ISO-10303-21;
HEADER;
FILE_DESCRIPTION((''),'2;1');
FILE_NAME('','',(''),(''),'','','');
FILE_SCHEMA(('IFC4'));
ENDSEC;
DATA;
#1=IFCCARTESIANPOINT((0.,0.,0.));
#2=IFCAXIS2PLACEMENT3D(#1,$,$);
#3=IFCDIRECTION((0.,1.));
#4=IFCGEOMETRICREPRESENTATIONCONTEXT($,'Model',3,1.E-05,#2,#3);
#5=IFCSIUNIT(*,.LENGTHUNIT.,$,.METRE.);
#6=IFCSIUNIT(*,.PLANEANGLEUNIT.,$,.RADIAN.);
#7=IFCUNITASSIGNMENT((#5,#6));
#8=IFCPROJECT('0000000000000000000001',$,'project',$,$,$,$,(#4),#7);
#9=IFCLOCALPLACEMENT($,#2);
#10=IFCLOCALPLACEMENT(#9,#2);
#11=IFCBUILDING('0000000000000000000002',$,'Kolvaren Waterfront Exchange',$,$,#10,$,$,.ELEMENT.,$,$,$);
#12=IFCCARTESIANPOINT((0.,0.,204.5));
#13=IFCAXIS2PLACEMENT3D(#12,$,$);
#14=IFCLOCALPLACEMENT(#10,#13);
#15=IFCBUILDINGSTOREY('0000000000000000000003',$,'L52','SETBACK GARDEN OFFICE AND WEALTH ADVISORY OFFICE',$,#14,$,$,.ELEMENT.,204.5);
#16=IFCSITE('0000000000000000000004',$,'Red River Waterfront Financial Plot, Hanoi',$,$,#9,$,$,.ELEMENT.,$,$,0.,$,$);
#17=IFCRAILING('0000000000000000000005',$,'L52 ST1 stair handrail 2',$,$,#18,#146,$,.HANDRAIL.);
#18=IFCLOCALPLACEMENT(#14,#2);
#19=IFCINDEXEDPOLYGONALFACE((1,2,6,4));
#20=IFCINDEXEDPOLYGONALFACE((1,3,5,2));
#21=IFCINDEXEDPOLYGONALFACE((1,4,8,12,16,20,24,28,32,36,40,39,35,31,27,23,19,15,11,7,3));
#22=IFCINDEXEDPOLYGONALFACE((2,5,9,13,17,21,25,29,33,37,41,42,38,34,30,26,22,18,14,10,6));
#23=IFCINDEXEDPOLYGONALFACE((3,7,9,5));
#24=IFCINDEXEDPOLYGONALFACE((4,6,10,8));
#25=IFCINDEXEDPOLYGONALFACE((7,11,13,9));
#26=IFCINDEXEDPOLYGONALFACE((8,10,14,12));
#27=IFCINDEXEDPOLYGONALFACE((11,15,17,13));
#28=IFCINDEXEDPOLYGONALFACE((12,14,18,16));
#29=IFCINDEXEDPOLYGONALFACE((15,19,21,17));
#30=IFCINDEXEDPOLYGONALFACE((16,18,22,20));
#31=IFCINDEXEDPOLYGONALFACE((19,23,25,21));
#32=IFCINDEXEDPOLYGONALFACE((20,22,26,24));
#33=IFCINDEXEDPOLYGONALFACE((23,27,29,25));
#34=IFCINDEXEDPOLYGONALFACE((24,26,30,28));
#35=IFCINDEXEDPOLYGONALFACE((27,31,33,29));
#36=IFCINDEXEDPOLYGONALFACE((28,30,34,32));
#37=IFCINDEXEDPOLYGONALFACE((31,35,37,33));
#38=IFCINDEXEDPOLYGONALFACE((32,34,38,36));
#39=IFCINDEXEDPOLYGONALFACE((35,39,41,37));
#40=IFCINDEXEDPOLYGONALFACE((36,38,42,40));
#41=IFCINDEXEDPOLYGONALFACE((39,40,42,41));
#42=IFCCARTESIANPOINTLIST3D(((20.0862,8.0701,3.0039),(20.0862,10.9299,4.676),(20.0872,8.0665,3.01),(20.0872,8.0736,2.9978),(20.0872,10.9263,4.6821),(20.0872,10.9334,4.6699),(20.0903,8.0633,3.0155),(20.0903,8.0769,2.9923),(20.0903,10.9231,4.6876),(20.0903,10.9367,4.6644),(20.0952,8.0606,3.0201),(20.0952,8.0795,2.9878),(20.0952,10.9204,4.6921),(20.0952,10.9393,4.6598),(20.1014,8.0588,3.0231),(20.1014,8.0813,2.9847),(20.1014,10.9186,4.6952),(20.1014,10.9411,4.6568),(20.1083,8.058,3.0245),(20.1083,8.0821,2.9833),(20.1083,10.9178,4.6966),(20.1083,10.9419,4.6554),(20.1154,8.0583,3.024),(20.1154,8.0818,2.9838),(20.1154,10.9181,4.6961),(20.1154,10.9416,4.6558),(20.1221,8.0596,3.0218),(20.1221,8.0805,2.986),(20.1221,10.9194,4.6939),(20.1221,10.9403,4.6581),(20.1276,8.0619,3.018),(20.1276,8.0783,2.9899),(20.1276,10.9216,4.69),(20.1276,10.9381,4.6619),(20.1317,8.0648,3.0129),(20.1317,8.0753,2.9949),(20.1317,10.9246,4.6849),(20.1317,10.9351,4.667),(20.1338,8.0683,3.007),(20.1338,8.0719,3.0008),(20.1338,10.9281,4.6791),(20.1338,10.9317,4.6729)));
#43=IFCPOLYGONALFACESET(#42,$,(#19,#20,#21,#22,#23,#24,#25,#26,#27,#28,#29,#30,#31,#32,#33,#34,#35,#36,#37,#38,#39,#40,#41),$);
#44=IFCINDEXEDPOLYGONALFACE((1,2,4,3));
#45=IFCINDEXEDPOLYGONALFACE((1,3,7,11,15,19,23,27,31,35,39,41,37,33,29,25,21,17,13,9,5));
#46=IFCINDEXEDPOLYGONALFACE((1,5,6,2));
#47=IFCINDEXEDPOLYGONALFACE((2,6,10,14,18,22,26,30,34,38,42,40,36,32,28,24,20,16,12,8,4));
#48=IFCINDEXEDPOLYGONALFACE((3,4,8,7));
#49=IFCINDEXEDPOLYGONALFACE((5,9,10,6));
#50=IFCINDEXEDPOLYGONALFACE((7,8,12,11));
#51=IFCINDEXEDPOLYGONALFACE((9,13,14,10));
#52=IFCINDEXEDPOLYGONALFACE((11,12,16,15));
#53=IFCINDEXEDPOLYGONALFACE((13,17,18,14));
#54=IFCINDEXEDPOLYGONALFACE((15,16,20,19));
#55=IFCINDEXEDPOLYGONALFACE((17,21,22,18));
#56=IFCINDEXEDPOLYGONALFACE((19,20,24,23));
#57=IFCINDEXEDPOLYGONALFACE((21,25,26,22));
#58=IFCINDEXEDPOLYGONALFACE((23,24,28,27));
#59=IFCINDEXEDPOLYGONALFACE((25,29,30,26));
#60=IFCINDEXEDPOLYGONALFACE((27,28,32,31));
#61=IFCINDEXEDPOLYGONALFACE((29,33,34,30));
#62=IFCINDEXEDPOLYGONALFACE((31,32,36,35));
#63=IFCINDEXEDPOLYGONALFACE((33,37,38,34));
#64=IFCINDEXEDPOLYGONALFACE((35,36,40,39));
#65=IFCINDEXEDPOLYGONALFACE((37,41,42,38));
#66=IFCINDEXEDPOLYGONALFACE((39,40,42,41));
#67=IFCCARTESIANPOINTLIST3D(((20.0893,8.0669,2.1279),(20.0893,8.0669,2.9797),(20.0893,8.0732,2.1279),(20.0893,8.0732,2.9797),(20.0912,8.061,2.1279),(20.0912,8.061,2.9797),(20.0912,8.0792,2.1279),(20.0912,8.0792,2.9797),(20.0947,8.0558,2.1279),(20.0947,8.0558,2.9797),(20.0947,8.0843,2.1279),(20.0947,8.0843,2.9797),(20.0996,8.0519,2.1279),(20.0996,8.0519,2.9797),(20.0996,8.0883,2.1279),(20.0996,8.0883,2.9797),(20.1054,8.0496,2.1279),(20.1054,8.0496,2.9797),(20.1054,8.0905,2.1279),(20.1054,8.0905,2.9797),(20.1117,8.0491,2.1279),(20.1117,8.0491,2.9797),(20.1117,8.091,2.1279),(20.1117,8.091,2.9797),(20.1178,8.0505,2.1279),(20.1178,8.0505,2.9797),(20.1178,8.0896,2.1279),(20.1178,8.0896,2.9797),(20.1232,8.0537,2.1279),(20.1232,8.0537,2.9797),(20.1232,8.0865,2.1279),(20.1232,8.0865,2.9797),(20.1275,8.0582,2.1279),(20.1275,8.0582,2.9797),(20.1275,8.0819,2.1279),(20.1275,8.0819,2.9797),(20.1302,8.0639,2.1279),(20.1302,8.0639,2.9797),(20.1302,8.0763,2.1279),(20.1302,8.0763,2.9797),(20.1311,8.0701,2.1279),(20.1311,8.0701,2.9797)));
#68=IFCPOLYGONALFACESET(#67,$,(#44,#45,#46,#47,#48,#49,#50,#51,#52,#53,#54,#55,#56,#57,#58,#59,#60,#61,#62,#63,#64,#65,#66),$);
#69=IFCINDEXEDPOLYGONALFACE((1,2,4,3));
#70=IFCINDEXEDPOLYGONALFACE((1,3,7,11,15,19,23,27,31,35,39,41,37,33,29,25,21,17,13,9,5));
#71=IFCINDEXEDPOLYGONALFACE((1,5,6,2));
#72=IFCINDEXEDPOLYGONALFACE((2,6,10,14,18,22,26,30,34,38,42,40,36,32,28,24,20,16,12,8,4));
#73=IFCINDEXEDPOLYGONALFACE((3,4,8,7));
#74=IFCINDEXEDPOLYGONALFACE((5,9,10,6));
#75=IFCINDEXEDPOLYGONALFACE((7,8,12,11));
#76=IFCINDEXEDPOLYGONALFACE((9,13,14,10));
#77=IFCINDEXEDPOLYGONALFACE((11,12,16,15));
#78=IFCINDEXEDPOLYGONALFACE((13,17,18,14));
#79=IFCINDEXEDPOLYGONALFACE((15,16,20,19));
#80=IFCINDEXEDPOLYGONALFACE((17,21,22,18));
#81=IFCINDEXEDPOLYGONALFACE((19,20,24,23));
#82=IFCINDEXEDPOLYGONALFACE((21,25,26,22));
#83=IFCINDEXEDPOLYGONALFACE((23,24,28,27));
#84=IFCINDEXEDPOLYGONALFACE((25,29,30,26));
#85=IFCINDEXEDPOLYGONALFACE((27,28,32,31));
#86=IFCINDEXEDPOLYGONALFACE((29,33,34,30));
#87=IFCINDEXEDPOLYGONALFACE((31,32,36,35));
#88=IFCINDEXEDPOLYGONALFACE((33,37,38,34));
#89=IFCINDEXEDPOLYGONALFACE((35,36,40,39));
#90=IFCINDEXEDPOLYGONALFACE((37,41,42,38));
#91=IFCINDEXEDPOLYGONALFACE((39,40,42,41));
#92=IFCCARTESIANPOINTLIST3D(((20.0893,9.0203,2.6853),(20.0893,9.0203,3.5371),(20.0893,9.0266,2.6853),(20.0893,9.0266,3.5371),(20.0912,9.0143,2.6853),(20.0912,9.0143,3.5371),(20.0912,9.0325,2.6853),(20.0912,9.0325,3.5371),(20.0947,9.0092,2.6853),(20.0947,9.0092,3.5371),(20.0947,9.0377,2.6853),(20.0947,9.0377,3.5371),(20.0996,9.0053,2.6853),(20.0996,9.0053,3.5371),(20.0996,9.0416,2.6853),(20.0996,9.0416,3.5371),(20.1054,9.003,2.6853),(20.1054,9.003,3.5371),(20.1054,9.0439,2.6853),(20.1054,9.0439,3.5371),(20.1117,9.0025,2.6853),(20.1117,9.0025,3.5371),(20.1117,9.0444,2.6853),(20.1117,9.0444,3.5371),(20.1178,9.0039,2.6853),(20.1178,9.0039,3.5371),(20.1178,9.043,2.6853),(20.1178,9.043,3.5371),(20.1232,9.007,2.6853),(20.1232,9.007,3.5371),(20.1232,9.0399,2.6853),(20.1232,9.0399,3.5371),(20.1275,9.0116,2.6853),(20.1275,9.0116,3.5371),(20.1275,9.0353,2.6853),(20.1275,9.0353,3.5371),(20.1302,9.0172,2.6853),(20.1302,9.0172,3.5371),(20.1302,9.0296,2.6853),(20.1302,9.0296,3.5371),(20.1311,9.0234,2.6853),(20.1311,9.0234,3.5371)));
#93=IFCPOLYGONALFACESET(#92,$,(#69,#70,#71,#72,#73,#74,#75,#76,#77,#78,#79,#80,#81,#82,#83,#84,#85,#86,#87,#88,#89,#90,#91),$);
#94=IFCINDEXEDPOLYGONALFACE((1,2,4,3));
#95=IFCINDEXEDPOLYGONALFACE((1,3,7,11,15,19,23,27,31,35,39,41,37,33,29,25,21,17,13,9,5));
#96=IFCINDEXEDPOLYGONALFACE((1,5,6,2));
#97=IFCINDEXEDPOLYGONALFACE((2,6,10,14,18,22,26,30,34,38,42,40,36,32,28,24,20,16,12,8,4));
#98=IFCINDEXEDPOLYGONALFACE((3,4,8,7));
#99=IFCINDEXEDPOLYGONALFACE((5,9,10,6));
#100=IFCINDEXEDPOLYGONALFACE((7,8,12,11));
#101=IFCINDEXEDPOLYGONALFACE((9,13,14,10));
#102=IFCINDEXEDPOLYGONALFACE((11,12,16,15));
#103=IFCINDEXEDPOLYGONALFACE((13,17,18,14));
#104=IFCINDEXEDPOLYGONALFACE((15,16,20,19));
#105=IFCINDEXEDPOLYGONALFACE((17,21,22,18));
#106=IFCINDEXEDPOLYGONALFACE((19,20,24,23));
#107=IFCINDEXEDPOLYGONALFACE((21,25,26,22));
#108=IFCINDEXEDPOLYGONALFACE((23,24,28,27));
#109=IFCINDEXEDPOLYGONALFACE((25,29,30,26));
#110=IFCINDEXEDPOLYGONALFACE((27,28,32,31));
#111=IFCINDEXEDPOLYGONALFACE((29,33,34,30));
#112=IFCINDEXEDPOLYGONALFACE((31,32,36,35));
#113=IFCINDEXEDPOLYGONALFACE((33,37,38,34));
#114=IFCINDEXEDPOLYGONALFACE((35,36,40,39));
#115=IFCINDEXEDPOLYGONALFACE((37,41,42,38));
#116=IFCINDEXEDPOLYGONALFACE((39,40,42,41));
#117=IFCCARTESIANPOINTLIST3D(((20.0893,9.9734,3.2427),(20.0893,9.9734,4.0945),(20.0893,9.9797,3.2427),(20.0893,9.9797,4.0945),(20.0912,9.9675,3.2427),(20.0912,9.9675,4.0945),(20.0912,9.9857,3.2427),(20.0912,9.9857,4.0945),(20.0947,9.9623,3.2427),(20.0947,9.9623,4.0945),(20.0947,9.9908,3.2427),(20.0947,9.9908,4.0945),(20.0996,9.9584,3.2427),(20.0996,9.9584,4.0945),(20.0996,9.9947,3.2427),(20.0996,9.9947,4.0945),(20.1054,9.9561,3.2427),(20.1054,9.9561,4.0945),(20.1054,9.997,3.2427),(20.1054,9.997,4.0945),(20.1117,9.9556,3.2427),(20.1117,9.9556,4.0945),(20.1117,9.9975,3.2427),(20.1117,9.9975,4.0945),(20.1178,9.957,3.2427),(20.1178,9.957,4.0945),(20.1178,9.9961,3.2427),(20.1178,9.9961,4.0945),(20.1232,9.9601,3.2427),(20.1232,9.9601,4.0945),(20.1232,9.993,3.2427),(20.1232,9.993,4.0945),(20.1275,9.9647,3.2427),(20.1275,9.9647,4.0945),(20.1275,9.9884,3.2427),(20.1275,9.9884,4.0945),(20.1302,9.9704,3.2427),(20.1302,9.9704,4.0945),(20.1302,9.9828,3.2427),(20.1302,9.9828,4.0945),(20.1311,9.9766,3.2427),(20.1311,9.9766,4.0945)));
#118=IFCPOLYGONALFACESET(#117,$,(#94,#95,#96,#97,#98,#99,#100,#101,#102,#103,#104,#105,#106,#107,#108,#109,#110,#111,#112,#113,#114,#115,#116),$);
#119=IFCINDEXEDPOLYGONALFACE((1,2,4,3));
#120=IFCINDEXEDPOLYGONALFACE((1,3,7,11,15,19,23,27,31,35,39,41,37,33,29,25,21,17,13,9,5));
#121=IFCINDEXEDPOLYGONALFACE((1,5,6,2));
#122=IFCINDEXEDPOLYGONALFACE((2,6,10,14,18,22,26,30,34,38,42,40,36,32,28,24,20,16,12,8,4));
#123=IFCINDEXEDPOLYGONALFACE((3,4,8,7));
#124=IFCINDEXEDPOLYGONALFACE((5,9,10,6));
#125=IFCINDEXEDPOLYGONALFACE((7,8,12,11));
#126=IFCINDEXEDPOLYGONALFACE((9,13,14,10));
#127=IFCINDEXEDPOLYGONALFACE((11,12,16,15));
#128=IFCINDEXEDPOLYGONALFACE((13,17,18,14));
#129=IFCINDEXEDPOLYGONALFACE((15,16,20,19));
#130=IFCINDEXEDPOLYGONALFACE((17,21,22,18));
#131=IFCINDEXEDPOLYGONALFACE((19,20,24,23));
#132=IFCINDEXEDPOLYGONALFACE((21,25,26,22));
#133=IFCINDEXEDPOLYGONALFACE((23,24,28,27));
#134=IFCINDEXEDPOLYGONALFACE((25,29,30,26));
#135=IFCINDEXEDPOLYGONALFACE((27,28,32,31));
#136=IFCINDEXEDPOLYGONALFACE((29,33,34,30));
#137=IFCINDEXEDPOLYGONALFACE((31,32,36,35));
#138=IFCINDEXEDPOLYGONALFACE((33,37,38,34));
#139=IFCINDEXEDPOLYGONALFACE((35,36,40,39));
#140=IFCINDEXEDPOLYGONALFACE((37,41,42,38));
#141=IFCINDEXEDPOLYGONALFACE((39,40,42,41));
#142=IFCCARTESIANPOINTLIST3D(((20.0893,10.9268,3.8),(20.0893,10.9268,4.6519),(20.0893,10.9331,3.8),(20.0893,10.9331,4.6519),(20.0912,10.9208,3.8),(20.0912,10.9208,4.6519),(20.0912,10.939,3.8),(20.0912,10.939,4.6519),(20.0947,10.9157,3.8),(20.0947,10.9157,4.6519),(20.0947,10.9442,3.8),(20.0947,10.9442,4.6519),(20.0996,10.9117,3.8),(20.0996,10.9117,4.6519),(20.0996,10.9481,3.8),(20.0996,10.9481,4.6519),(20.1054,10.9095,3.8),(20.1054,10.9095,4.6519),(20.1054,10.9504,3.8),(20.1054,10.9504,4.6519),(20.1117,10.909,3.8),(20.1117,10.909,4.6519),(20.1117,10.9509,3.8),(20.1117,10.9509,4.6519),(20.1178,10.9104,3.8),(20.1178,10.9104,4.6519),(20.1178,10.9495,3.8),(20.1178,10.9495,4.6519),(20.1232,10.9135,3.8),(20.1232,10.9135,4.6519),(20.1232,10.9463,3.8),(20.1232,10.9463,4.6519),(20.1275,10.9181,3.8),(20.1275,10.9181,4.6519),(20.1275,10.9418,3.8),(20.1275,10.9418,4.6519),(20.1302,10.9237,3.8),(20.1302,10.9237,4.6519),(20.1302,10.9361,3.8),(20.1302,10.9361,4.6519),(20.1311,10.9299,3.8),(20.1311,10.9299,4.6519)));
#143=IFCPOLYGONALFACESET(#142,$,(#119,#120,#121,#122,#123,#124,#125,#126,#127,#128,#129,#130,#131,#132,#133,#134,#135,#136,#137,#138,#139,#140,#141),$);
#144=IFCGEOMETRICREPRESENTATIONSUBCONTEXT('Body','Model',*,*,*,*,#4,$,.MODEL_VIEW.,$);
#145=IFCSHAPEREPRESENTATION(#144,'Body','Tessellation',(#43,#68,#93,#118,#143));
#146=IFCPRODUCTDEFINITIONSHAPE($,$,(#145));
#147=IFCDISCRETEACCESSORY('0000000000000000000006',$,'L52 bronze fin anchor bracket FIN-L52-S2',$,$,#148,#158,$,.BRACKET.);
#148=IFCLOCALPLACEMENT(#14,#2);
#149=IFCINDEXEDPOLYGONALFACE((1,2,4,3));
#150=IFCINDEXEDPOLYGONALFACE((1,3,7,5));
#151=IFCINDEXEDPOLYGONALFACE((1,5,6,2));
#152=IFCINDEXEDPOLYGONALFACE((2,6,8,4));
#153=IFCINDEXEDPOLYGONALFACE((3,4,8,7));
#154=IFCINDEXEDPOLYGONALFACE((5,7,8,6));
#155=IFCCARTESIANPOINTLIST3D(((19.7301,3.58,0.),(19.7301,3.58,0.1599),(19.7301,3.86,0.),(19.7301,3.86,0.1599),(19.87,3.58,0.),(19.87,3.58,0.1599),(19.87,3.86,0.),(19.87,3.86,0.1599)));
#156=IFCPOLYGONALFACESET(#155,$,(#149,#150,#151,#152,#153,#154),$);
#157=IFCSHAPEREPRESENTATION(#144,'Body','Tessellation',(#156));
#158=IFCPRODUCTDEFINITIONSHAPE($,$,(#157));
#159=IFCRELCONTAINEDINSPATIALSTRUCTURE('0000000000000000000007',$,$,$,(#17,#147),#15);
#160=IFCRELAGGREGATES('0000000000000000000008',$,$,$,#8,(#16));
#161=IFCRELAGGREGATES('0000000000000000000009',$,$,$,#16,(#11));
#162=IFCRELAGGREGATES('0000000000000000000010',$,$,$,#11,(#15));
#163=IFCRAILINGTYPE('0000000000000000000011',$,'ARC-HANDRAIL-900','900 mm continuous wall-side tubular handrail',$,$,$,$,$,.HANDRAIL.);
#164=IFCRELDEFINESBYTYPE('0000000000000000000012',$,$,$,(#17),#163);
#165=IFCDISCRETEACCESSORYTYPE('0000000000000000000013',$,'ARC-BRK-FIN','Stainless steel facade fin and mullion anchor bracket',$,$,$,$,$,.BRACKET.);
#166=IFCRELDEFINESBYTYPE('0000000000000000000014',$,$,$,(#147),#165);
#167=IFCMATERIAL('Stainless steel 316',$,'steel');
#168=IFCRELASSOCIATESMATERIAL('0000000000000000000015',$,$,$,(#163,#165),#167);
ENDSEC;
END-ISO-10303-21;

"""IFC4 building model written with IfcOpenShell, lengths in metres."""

from ifc_helpers import new_model, si_unit, direction, frame, origin, origin_with_axes, origin_2d, place, context, subcontext, project, spatial, rectangle, circle, extrude, source, transform, mapped, material, type_object, element, save


model = new_model("IFC4")

# Units and contexts
model_context = context("Model", 3, precision=1e-05, world=origin(), true_north=direction((0.0, 1.0)))
body_context = subcontext(model_context, "Body", "Model", "MODEL_VIEW")
ifc_project = project(units=[si_unit("LENGTHUNIT", "METRE"), si_unit("PLANEANGLEUNIT", "RADIAN")], contexts=[model_context])

# Site, building, storey
site_placement = place(None, origin())
site = spatial("IfcSite", under=ifc_project, at=site_placement, Name="Red River Waterfront Financial Plot, Hanoi", CompositionType="ELEMENT", RefElevation=0.0)
building_placement = place(site_placement, origin())
building = spatial("IfcBuilding", under=site, at=building_placement, Name="Kolvaren Waterfront Exchange", CompositionType="ELEMENT")
storey_placement = place(building_placement, frame((0.0, 0.0, 204.5)))
storey = spatial("IfcBuildingStorey", under=building, at=storey_placement, Name="L52", Description="SETBACK GARDEN OFFICE AND WEALTH ADVISORY OFFICE", CompositionType="ELEMENT", Elevation=204.5)

# Railing
ifc_material_1 = material(Name="Stainless steel 316", Category="steel")
railing_type_1 = type_object("IfcRailingType", Name="ARC-HANDRAIL-900", Description="900 mm continuous wall-side tubular handrail", PredefinedType="HANDRAIL", material=ifc_material_1)
railing_1_placement = place(storey_placement, frame((20.1101, 8.0701, 2.1279)))
element("IfcRailing", 1, at=railing_1_placement, inside=storey, type_object=railing_type_1, Name="L52 ST1 stair handrail 2", PredefinedType="HANDRAIL", context=body_context, shape_type="SweptSolid", body=[
    extrude(circle(Radius=0.0239, at=origin_2d()), frame((0.0, 0.0, 0.876), z_axis=(0.0, 0.863271, 0.504741), x_axis=(-1.0, 0.0, 0.0)), (0.0, 0.0, 1.0), 3.3127),
    extrude(circle(Radius=0.021, at=origin_2d()), origin(), (0.0, 0.0, 1.0), 0.8518),
    extrude(circle(Radius=0.021, at=origin_2d()), frame((0.0, 0.9534, 0.5574)), (0.0, 0.0, 1.0), 0.8518),
    extrude(circle(Radius=0.021, at=origin_2d()), frame((0.0, 1.9065, 1.1147)), (0.0, 0.0, 1.0), 0.8518),
    extrude(circle(Radius=0.021, at=origin_2d()), frame((0.0, 2.8599, 1.6721)), (0.0, 0.0, 1.0), 0.8518),
])

# Discrete accessory
discrete_accessory_type = type_object("IfcDiscreteAccessoryType", Name="ARC-BRK-FIN", Description="Stainless steel facade fin and mullion anchor bracket", PredefinedType="BRACKET", material=ifc_material_1)
shared_shape_1 = source(origin_with_axes(), body_context, "Body", "SweptSolid", [
    extrude(rectangle(XDim=0.28, YDim=0.1399, at=origin_2d()), origin(), (0.0, 0.0, 1.0), 0.1599),
])
discrete_accessory_placement = place(storey_placement, frame((19.8, 3.72, 0.0), z_axis=(0.0, 0.0, 1.0), x_axis=(0.0, -1.0, 0.0)))
element("IfcDiscreteAccessory", 2, at=discrete_accessory_placement, inside=storey, type_object=discrete_accessory_type, Name="L52 bronze fin anchor bracket FIN-L52-S2", PredefinedType="BRACKET", context=body_context, shape_type="MappedRepresentation", body=[
    mapped(shared_shape_1, transform((0.0, 0.0, 0.0), x_axis=(1.0, 0.0, 0.0), y_axis=(0.0, 1.0, 0.0), z_axis=(0.0, 0.0, 1.0), scale=1.0)),
])

save(model, "model.ifc")
